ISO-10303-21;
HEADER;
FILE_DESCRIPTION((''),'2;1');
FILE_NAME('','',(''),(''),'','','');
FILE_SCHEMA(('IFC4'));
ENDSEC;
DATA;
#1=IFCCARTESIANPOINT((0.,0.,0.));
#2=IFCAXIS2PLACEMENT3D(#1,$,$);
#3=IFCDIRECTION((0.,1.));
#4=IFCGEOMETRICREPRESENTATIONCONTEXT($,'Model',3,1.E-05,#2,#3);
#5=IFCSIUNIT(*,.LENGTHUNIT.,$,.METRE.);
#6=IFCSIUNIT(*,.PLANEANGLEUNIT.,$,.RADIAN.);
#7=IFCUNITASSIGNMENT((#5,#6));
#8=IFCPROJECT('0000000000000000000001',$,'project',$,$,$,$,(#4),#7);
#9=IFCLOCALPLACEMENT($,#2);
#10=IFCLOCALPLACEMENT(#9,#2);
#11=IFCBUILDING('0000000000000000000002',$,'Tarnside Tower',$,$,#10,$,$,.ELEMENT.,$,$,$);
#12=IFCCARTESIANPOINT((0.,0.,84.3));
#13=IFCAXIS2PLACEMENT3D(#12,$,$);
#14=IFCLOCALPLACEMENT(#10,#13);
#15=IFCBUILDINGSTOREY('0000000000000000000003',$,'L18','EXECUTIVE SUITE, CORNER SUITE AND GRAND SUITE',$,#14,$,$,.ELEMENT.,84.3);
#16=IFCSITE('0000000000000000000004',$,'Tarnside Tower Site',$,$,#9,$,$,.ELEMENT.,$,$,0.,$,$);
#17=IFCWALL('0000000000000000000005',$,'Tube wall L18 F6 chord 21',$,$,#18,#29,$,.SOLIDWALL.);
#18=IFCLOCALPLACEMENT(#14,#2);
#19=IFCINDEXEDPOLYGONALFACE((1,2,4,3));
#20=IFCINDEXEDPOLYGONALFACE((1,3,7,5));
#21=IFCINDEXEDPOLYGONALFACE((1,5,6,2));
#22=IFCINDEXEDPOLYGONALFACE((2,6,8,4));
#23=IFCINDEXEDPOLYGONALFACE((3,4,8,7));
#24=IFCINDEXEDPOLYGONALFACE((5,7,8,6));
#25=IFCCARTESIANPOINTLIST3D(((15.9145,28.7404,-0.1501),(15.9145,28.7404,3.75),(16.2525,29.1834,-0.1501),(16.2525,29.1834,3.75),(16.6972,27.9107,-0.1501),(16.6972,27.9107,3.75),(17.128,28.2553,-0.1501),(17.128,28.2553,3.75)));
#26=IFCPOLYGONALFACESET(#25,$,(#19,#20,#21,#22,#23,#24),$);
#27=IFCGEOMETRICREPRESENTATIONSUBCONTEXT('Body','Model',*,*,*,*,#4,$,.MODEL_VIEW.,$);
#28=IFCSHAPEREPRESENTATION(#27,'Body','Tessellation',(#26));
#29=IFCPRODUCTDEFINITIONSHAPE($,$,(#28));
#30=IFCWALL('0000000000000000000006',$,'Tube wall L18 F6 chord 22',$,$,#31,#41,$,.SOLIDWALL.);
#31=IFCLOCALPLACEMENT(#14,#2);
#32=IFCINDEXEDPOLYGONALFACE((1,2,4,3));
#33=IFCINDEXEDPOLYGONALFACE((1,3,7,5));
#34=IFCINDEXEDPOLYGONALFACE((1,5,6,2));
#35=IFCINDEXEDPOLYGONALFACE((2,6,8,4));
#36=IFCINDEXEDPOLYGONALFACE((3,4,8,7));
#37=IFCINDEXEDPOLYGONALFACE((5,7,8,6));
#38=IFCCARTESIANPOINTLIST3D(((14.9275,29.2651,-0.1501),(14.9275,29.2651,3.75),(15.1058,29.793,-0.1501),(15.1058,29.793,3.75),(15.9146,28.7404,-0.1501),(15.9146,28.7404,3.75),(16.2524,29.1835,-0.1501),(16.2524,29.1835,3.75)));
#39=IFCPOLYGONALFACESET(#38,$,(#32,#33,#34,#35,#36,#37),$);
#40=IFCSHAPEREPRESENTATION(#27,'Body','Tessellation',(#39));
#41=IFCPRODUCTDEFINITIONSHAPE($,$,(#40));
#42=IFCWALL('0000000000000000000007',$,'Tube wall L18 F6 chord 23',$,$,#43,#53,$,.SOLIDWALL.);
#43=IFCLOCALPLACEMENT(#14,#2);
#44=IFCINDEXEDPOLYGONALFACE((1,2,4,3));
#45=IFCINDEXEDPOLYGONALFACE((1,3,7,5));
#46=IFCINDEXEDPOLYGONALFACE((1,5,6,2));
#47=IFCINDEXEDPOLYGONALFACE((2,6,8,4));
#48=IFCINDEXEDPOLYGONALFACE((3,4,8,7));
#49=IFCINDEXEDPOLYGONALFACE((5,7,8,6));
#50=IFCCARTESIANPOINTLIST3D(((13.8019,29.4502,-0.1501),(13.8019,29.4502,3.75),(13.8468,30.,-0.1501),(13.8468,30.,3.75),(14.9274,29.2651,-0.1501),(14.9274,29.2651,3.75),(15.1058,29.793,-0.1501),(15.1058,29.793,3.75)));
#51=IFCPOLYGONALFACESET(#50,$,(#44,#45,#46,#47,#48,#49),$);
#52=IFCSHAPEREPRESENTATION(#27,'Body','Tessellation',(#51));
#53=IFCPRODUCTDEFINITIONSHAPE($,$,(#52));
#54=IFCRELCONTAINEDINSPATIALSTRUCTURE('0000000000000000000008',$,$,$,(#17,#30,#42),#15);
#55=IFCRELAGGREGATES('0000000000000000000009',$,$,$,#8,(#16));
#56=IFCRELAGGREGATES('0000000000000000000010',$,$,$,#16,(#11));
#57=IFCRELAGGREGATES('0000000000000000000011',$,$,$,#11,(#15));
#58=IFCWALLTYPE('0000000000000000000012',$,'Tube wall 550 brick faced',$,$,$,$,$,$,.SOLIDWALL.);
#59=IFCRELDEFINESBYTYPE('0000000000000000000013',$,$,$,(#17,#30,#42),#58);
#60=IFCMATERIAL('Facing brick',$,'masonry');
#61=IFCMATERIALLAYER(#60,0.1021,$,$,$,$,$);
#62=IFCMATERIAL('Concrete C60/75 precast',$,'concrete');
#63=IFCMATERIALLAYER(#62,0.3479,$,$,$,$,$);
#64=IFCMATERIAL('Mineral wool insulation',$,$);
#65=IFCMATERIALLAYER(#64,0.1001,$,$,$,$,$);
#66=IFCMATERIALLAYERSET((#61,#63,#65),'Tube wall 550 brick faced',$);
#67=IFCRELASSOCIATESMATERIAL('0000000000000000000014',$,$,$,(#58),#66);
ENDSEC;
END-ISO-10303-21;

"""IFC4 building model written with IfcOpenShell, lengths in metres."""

from ifc_helpers import new_model, si_unit, direction, frame, origin, place, context, subcontext, project, spatial, polyline, outline, extrude, material, layer, layer_set, type_object, element, save


model = new_model("IFC4")

# Units and contexts
model_context = context("Model", 3, precision=1e-05, world=origin(), true_north=direction((0.0, 1.0)))
body_context = subcontext(model_context, "Body", "Model", "MODEL_VIEW")
ifc_project = project(units=[si_unit("LENGTHUNIT", "METRE"), si_unit("PLANEANGLEUNIT", "RADIAN")], contexts=[model_context])

# Site, building, storey
site_placement = place(None, origin())
site = spatial("IfcSite", under=ifc_project, at=site_placement, Name="Tarnside Tower Site", CompositionType="ELEMENT", RefElevation=0.0)
building_placement = place(site_placement, origin())
building = spatial("IfcBuilding", under=site, at=building_placement, Name="Tarnside Tower", CompositionType="ELEMENT")
storey_placement = place(building_placement, frame((0.0, 0.0, 84.3)))
storey = spatial("IfcBuildingStorey", under=building, at=storey_placement, Name="L18", Description="EXECUTIVE SUITE, CORNER SUITE AND GRAND SUITE", CompositionType="ELEMENT", Elevation=84.3)

# Shared definitions
ifc_material_1 = material(Name="Facing brick", Category="masonry")
ifc_layer_1 = layer(ifc_material_1, 0.1021)
ifc_material_2 = material(Name="Concrete C60/75 precast", Category="concrete")
ifc_layer_2 = layer(ifc_material_2, 0.3479)
ifc_material_3 = material(Name="Mineral wool insulation")
ifc_layer_3 = layer(ifc_material_3, 0.1001)
ifc_layer_set_1 = layer_set([ifc_layer_1, ifc_layer_2, ifc_layer_3], Name="Tube wall 550 brick faced")
wall_type_1 = type_object("IfcWallType", Name="Tube wall 550 brick faced", PredefinedType="SOLIDWALL", material=ifc_layer_set_1)

# Walls
wall_1_placement = place(storey_placement, frame((16.9126, 28.083, -0.1501), z_axis=(0.0, 0.0, 1.0), x_axis=(-0.686196, 0.727416, 0.0)))
element("IfcWall", 1, at=wall_1_placement, inside=storey, type_object=wall_type_1, Name="Tube wall L18 F6 chord 21", PredefinedType="SOLIDWALL", context=body_context, shape_type="SweptSolid", body=[
    extrude(outline(polyline([(-0.0225, -0.2749), (1.2534, -0.2749), (1.1631, 0.2749), (0.0225, 0.2749), (-0.0225, -0.2749)])), origin(), (0.0, 0.0, 1.0), 3.9001),
])
wall_2_placement = place(storey_placement, frame((16.0835, 28.9619, -0.1501), z_axis=(0.0, 0.0, 1.0), x_axis=(-0.882995, 0.469382, 0.0)))
element("IfcWall", 2, at=wall_2_placement, inside=storey, type_object=wall_type_1, Name="Tube wall L18 F6 chord 22", PredefinedType="SOLIDWALL", context=body_context, shape_type="SweptSolid", body=[
    extrude(outline(polyline([(-0.0452, -0.2749), (1.2534, -0.2749), (1.1631, 0.2749), (0.0452, 0.2749), (-0.0452, -0.2749)])), origin(), (0.0, 0.0, 1.0), 3.9001),
])
wall_3_placement = place(storey_placement, frame((15.0166, 29.5291, -0.1501), z_axis=(0.0, 0.0, 1.0), x_axis=(-0.986747, 0.162269, 0.0)))
element("IfcWall", 3, at=wall_3_placement, inside=storey, type_object=wall_type_1, Name="Tube wall L18 F6 chord 23", PredefinedType="SOLIDWALL", context=body_context, shape_type="SweptSolid", body=[
    extrude(outline(polyline([(-0.0452, -0.2749), (1.2307, -0.2749), (1.1858, 0.2749), (0.0452, 0.2749), (-0.0452, -0.2749)])), origin(), (0.0, 0.0, 1.0), 3.9001),
])

save(model, "model.ifc")
